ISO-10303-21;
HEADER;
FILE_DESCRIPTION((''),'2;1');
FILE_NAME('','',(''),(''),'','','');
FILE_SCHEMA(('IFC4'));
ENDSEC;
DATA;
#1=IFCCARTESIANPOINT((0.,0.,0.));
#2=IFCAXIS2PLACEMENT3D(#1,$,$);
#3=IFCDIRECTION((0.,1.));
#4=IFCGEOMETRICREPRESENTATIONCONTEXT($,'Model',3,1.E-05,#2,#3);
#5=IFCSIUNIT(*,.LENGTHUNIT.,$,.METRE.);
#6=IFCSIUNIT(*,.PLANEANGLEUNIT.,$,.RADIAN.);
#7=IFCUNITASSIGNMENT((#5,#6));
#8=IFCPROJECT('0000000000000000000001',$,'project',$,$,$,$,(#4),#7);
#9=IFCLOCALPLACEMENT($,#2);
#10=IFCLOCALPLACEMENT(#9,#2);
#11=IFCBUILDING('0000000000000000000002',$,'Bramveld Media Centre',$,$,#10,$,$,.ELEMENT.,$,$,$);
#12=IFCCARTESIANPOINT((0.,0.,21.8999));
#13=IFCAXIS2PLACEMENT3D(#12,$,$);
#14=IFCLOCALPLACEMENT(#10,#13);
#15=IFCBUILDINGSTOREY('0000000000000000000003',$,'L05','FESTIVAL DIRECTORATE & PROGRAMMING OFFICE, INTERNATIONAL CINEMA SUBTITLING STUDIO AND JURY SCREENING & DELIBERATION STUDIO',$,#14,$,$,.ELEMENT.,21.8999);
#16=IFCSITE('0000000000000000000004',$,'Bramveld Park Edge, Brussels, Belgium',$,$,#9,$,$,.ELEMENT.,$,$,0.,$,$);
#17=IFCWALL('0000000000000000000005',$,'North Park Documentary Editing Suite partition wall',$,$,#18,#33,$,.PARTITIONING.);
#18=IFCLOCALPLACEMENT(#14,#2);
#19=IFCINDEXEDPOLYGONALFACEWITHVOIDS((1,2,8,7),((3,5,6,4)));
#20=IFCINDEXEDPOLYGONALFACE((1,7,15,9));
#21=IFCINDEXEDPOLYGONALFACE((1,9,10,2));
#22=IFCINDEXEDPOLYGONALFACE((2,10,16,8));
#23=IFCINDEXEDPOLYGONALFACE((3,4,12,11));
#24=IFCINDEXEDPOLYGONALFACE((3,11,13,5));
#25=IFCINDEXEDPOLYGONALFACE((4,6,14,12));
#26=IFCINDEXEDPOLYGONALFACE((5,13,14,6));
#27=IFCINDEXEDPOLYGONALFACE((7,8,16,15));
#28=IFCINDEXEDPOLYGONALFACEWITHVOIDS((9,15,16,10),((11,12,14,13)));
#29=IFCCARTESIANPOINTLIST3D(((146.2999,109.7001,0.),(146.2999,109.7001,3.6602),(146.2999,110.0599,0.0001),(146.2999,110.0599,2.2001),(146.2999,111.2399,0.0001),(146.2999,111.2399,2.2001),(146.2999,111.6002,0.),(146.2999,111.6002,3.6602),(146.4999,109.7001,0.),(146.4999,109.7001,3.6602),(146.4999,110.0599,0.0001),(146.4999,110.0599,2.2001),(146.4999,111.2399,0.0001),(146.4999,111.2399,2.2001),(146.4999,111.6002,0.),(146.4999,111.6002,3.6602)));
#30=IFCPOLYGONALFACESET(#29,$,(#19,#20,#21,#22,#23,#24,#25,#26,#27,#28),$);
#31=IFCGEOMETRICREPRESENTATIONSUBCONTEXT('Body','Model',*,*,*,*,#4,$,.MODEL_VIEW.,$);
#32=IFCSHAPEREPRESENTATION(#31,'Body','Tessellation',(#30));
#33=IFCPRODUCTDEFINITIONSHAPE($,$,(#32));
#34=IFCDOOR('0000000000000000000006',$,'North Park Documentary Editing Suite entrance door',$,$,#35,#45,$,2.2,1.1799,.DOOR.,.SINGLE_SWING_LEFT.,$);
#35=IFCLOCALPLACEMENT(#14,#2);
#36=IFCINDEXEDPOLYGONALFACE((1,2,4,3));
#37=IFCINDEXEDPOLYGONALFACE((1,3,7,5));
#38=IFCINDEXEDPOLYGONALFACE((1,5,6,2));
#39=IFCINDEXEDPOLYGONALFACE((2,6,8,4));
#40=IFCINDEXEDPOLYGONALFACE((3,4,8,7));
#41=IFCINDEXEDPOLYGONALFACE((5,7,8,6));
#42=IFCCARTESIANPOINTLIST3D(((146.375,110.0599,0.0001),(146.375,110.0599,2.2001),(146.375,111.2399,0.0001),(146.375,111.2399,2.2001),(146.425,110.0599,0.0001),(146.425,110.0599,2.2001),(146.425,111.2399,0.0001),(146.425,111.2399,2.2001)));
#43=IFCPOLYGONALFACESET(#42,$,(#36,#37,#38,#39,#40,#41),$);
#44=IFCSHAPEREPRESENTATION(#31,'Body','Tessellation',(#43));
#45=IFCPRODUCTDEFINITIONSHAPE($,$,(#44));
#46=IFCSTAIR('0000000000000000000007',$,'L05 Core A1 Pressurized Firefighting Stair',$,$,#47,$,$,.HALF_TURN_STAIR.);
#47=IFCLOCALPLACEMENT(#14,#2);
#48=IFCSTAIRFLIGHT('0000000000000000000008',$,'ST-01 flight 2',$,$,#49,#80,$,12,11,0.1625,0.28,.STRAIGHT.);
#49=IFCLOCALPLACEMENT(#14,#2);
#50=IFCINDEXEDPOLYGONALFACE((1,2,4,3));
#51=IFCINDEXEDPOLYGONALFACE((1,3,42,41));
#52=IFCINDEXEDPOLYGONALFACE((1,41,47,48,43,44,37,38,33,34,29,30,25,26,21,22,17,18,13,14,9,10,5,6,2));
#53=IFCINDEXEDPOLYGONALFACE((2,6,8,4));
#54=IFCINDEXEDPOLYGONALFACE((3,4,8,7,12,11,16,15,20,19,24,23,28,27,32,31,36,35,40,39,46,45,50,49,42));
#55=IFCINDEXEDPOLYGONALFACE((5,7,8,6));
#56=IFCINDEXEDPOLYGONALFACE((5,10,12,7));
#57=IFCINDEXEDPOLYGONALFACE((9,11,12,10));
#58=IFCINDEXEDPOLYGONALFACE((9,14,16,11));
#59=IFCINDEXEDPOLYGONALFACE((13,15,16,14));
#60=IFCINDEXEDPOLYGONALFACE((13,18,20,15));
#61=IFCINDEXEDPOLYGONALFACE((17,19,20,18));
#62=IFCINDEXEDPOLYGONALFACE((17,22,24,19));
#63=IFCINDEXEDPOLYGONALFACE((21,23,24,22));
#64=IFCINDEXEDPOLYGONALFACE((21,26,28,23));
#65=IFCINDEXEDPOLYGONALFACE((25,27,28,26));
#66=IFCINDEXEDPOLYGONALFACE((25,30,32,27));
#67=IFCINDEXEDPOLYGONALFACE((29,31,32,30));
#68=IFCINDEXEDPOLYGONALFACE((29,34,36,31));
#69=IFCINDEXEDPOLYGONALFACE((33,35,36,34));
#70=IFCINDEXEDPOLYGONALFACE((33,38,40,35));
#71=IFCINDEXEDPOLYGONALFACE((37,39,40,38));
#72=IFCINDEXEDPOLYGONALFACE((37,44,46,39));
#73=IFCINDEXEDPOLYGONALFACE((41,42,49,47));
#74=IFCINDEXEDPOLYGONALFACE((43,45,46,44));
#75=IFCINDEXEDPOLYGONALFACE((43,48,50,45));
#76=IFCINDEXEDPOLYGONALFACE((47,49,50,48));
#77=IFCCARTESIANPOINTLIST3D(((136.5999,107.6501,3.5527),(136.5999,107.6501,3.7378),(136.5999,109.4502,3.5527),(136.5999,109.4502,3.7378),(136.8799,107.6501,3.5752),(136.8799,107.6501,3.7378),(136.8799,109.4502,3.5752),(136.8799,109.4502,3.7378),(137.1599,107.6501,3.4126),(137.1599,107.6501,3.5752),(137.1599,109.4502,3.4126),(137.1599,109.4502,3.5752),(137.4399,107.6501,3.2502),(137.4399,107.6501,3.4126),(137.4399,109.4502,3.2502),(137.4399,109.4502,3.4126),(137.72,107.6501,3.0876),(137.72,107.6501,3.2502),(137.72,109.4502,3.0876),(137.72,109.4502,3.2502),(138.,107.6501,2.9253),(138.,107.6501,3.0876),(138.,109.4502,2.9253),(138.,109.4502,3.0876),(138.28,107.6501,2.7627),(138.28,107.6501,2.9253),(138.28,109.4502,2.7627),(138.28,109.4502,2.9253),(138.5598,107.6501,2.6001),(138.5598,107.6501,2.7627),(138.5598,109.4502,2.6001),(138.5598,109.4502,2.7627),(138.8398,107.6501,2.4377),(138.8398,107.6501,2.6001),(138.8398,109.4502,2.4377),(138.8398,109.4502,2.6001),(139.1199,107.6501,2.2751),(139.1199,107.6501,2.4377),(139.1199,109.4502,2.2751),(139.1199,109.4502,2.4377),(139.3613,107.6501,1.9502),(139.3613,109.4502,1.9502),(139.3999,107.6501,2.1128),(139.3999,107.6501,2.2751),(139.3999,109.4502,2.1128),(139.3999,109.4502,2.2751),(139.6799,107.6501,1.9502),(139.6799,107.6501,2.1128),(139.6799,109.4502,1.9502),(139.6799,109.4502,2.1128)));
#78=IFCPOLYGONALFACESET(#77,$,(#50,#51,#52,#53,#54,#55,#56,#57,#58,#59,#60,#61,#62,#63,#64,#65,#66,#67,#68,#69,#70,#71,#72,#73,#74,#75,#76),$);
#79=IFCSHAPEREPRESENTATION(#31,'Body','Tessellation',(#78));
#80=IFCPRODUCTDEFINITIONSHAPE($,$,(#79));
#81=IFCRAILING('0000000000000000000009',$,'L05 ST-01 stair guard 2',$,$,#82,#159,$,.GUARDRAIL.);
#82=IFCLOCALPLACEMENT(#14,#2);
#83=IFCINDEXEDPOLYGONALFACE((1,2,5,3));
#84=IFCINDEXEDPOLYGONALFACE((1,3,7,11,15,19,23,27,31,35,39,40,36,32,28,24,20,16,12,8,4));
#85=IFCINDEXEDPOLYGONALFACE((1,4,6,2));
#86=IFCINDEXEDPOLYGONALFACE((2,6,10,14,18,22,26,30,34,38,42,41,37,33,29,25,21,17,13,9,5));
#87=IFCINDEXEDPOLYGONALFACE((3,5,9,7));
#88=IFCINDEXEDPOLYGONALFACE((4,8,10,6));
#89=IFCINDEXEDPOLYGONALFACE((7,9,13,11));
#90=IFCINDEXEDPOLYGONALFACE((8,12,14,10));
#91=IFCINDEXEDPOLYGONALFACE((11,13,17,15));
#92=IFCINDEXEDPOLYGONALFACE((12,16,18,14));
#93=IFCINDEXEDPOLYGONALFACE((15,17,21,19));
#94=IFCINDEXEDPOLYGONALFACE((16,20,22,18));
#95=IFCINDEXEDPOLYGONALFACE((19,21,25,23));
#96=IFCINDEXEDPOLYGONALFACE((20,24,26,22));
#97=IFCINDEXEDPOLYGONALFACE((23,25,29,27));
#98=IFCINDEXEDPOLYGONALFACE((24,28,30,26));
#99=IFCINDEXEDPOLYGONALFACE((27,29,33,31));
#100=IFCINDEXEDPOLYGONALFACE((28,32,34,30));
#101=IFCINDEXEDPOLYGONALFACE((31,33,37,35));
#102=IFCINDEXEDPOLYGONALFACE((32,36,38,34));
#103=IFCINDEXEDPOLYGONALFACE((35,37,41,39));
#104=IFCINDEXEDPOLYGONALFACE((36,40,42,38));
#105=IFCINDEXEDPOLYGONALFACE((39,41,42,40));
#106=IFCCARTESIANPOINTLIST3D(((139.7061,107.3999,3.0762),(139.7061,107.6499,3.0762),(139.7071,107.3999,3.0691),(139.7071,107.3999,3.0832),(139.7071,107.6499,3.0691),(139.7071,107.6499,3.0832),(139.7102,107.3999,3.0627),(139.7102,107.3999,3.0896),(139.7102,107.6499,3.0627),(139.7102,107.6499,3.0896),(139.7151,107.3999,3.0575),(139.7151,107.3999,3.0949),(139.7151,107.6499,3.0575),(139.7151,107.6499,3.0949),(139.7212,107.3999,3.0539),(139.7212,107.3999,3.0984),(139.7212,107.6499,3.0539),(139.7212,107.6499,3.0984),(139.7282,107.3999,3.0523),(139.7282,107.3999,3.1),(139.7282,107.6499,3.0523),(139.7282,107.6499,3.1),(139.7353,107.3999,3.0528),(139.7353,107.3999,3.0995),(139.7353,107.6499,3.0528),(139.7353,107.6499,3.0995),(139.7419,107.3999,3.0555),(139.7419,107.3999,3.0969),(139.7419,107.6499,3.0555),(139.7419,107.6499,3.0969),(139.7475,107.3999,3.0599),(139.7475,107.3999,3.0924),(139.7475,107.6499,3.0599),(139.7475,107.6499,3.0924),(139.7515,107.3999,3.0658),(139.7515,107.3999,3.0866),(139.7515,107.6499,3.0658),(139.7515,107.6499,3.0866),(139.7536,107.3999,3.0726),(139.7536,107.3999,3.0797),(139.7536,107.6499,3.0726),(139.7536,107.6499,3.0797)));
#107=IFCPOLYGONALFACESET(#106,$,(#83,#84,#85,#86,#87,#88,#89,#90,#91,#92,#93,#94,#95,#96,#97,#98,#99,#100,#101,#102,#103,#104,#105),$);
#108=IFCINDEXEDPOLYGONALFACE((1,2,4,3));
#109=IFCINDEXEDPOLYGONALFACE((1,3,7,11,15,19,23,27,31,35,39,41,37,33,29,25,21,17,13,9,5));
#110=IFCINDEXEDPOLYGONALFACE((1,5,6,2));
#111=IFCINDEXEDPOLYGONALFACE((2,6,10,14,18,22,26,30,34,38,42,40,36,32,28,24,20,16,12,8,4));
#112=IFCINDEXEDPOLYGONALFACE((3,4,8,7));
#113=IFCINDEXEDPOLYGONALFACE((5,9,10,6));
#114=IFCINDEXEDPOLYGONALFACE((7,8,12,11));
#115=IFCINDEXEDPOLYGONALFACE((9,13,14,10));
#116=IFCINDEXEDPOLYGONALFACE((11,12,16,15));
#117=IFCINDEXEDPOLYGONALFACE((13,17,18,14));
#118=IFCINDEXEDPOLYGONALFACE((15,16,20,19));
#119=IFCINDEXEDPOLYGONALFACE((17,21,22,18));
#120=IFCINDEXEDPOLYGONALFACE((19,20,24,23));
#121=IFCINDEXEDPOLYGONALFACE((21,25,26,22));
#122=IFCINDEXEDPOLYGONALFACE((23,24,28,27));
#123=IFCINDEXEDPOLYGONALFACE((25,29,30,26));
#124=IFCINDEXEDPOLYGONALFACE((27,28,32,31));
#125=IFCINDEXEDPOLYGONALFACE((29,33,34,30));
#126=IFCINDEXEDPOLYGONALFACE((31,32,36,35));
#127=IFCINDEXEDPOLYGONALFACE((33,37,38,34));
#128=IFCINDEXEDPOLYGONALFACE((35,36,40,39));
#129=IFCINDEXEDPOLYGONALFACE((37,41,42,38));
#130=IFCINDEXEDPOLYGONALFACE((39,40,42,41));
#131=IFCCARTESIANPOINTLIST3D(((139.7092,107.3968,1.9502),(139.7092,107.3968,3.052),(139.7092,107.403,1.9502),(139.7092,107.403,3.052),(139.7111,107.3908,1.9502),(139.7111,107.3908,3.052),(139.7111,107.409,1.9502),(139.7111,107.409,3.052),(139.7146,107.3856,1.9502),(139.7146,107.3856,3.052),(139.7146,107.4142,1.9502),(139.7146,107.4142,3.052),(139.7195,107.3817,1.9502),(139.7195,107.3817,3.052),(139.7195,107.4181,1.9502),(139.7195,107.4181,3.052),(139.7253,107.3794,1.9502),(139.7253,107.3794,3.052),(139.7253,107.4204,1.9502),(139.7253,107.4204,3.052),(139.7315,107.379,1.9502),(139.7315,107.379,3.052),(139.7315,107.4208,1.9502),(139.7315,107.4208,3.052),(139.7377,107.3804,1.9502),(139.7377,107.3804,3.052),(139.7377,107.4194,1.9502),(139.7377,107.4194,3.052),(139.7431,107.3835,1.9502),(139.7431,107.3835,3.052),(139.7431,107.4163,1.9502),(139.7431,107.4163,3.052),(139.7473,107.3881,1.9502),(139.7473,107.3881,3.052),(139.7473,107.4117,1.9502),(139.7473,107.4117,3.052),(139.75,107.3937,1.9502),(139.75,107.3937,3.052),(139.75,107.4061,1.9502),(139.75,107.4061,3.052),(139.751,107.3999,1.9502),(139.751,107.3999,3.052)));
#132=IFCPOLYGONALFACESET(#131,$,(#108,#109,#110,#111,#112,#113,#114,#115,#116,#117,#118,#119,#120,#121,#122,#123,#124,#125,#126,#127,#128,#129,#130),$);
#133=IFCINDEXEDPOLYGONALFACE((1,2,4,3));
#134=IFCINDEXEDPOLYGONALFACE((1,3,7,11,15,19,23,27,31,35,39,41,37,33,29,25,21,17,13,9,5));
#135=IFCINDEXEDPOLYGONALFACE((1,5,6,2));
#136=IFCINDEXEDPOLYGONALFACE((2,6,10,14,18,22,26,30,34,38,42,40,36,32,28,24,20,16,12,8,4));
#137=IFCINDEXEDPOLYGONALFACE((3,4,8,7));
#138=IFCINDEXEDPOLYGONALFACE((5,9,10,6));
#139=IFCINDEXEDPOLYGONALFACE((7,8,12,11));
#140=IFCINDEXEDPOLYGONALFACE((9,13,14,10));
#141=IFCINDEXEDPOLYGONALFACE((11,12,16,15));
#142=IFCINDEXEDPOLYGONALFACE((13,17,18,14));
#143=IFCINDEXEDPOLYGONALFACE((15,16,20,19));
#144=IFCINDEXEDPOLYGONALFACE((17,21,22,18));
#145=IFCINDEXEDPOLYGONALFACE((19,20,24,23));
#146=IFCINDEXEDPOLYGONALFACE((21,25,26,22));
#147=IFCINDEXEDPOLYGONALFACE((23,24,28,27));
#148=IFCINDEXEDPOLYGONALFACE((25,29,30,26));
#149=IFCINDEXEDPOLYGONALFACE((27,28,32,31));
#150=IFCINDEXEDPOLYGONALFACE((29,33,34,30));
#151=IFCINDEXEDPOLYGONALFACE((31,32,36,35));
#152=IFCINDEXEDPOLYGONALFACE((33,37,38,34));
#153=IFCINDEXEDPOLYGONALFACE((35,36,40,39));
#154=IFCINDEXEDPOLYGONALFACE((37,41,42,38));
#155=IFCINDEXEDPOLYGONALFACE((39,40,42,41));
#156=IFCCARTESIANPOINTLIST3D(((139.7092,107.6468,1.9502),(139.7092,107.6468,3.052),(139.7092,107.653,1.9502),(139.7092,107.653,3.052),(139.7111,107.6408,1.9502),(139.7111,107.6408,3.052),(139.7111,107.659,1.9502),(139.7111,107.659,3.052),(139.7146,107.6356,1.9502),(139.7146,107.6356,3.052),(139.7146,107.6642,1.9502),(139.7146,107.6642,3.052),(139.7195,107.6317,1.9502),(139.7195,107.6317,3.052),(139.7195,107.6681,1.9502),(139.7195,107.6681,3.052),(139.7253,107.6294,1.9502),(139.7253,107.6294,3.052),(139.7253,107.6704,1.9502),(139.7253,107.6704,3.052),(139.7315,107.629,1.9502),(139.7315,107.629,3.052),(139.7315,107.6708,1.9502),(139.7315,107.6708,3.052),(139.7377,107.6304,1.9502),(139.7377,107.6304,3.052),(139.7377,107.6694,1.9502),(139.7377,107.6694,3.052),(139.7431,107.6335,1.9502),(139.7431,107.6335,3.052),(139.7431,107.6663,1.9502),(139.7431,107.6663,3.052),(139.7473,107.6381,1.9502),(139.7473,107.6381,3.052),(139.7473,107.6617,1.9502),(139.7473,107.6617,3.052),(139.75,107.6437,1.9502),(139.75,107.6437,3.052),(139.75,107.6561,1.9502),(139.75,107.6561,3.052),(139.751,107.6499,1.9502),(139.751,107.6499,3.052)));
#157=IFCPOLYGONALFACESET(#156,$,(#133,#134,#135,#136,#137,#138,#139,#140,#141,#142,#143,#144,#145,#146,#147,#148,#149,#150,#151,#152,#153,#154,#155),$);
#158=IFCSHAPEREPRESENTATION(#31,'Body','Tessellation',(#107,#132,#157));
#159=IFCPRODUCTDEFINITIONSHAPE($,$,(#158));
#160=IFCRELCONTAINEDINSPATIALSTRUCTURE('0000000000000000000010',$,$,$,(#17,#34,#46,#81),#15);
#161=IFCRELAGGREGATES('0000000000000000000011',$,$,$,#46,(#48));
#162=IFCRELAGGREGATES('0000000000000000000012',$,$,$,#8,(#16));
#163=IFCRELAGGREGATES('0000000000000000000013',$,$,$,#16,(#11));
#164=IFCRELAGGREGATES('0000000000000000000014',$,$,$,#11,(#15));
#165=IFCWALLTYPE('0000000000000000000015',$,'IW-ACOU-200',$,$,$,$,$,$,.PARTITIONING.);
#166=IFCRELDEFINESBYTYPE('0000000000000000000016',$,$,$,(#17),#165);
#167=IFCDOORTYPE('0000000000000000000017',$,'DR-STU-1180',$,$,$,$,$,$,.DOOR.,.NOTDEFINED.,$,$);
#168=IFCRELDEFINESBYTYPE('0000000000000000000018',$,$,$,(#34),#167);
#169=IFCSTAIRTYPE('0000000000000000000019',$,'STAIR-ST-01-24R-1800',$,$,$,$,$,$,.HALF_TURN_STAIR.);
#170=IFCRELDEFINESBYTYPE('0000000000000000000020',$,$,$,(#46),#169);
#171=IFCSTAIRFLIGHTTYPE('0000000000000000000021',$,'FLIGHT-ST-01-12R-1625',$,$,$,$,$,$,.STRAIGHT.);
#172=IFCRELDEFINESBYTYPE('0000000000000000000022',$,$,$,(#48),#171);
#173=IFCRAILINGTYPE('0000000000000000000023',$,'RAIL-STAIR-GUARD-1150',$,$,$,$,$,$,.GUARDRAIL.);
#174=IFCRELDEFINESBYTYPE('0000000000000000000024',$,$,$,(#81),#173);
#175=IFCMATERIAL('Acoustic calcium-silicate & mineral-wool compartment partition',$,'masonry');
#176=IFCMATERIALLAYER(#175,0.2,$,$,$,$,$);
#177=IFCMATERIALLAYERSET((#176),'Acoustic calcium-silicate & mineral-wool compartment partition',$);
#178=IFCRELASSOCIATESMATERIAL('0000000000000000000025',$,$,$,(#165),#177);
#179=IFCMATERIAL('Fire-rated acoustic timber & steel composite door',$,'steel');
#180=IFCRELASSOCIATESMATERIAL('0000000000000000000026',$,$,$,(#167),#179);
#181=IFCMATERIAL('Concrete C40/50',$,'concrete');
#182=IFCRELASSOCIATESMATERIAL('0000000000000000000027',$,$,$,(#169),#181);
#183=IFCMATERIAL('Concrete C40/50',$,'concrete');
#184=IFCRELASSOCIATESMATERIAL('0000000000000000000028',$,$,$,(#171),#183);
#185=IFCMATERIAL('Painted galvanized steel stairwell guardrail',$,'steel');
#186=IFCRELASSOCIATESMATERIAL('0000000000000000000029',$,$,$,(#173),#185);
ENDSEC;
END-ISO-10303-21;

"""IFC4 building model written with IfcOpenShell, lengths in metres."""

from ifc_helpers import new_model, si_unit, direction, frame, frame_2d, origin, origin_2d, place, context, subcontext, project, spatial, polyline, rectangle, circle, outline, extrude, material, layer, layer_set, type_object, element, fill, aggregate, save


model = new_model("IFC4")

# Units and contexts
model_context = context("Model", 3, precision=1e-05, world=origin(), true_north=direction((0.0, 1.0)))
body_context = subcontext(model_context, "Body", "Model", "MODEL_VIEW")
ifc_project = project(units=[si_unit("LENGTHUNIT", "METRE"), si_unit("PLANEANGLEUNIT", "RADIAN")], contexts=[model_context])

# Site, building, storey
site_placement = place(None, origin())
site = spatial("IfcSite", under=ifc_project, at=site_placement, Name="Bramveld Park Edge, Brussels, Belgium", CompositionType="ELEMENT", RefElevation=0.0)
building_placement = place(site_placement, origin())
building = spatial("IfcBuilding", under=site, at=building_placement, Name="Bramveld Media Centre", CompositionType="ELEMENT")
storey_placement = place(building_placement, frame((0.0, 0.0, 21.8999)))
storey = spatial("IfcBuildingStorey", under=building, at=storey_placement, Name="L05", Description="FESTIVAL DIRECTORATE & PROGRAMMING OFFICE, INTERNATIONAL CINEMA SUBTITLING STUDIO AND JURY SCREENING & DELIBERATION STUDIO", CompositionType="ELEMENT", Elevation=21.8999)

# Wall, opening, door
ifc_material_1 = material(Name="Acoustic calcium-silicate & mineral-wool compartment partition", Category="masonry")
ifc_layer_1 = layer(ifc_material_1, 0.2)
ifc_layer_set_1 = layer_set([ifc_layer_1], Name="Acoustic calcium-silicate & mineral-wool compartment partition")
wall_type_1 = type_object("IfcWallType", Name="IW-ACOU-200", PredefinedType="PARTITIONING", material=ifc_layer_set_1)
wall_1_placement = place(storey_placement, frame((146.3999, 109.7, 0.0), z_axis=(0.0, 0.0, 1.0), x_axis=(0.0, 1.0, 0.0)))
wall_1 = element("IfcWall", 1, at=wall_1_placement, inside=storey, type_object=wall_type_1, Name="North Park Documentary Editing Suite partition wall", PredefinedType="PARTITIONING", context=body_context, shape_type="SweptSolid", body=[
    extrude(rectangle(XDim=1.9001, YDim=0.2, at=frame_2d((0.9502, 0.0))), origin(), (0.0, 0.0, 1.0), 3.6602),
])
opening_1_placement = place(wall_1_placement, frame((0.3601, 0.0, 0.0)))
opening_1 = element("IfcOpeningElement", 2, at=opening_1_placement, cuts=wall_1, PredefinedType="OPENING", context=body_context, shape_type="SweptSolid", body=[
    extrude(rectangle(XDim=1.1799, YDim=2.2, at=frame_2d((0.5898, 1.1001))), frame((0.0, 0.1118, 0.0), z_axis=(0.0, -1.0, 0.0), x_axis=(1.0, 0.0, 0.0)), (0.0, 0.0, 1.0), 0.2239),
])
ifc_material_2 = material(Name="Fire-rated acoustic timber & steel composite door", Category="steel")
door_type_1 = type_object("IfcDoorType", Name="DR-STU-1180", OperationType="NOTDEFINED", PredefinedType="DOOR", material=ifc_material_2)
door_1_placement = place(opening_1_placement, origin())
door_1 = element("IfcDoor", 3, at=door_1_placement, inside=storey, type_object=door_type_1, Name="North Park Documentary Editing Suite entrance door", OperationType="SINGLE_SWING_LEFT", OverallHeight=2.2, OverallWidth=1.1799, PredefinedType="DOOR", context=body_context, shape_type="SweptSolid", body=[
    extrude(rectangle(XDim=1.1799, YDim=2.2, at=frame_2d((0.5898, 1.1001))), frame((0.0, 0.0249, 0.0), z_axis=(0.0, -1.0, 0.0), x_axis=(1.0, 0.0, 0.0)), (0.0, 0.0, 1.0), 0.05),
])
fill(opening_1, door_1)

# Stair, stair flight
ifc_material_3 = material(Name="Concrete C40/50", Category="concrete")
stair_type = type_object("IfcStairType", Name="STAIR-ST-01-24R-1800", PredefinedType="HALF_TURN_STAIR", material=ifc_material_3)
stair_placement = place(storey_placement, origin())
stair = element("IfcStair", 4, at=stair_placement, inside=storey, type_object=stair_type, Name="L05 Core A1 Pressurized Firefighting Stair", PredefinedType="HALF_TURN_STAIR")
ifc_material_4 = material(Name="Concrete C40/50", Category="concrete")
stair_flight_type = type_object("IfcStairFlightType", Name="FLIGHT-ST-01-12R-1625", PredefinedType="STRAIGHT", material=ifc_material_4)
stair_flight_placement = place(storey_placement, frame((139.6799, 108.55, 1.9502), z_axis=(0.0, 0.0, 1.0), x_axis=(-1.0, 0.0, 0.0)))
stair_flight = element("IfcStairFlight", 5, at=stair_flight_placement, type_object=stair_flight_type, Name="ST-01 flight 2", NumberOfRisers=12, NumberOfTreads=11, PredefinedType="STRAIGHT", RiserHeight=0.1625, TreadLength=0.28, context=body_context, shape_type="SweptSolid", body=[
    extrude(outline(polyline([(0.0, 0.0), (0.0, 0.1626), (0.28, 0.1626), (0.28, 0.325), (0.5601, 0.325), (0.5601, 0.4875), (0.8401, 0.4875), (0.8401, 0.6499), (1.1201, 0.6499), (1.1201, 0.8125), (1.3999, 0.8125), (1.3999, 0.9751), (1.6799, 0.9751), (1.6799, 1.1375), (1.96, 1.1375), (1.96, 1.3), (2.24, 1.3), (2.24, 1.4624), (2.52, 1.4624), (2.52, 1.625), (2.8, 1.625), (2.8, 1.7876), (3.0801, 1.7876), (3.0801, 1.95), (3.0801, 1.6025), (0.3186, 0.0), (0.0, 0.0)])), frame((0.0, 0.8999, 0.0), z_axis=(0.0, -1.0, 0.0), x_axis=(1.0, 0.0, 0.0)), (0.0, 0.0, 1.0), 1.8),
])
aggregate(stair, [stair_flight])

# Railing
ifc_material_5 = material(Name="Painted galvanized steel stairwell guardrail", Category="steel")
railing_type_1 = type_object("IfcRailingType", Name="RAIL-STAIR-GUARD-1150", PredefinedType="GUARDRAIL", material=ifc_material_5)
railing_1_placement = place(storey_placement, frame((139.73, 107.3999, 1.9502)))
element("IfcRailing", 6, at=railing_1_placement, inside=storey, type_object=railing_type_1, Name="L05 ST-01 stair guard 2", PredefinedType="GUARDRAIL", context=body_context, shape_type="SweptSolid", body=[
    extrude(circle(Radius=0.0239, at=origin_2d()), frame((0.0, 0.0, 1.126), z_axis=(0.0, 1.0, 0.0), x_axis=(-1.0, 0.0, 0.0)), (0.0, 0.0, 1.0), 0.25),
    extrude(circle(Radius=0.021, at=origin_2d()), origin(), (0.0, 0.0, 1.0), 1.1018),
    extrude(circle(Radius=0.021, at=origin_2d()), frame((0.0, 0.25, 0.0)), (0.0, 0.0, 1.0), 1.1018),
])

save(model, "model.ifc")
